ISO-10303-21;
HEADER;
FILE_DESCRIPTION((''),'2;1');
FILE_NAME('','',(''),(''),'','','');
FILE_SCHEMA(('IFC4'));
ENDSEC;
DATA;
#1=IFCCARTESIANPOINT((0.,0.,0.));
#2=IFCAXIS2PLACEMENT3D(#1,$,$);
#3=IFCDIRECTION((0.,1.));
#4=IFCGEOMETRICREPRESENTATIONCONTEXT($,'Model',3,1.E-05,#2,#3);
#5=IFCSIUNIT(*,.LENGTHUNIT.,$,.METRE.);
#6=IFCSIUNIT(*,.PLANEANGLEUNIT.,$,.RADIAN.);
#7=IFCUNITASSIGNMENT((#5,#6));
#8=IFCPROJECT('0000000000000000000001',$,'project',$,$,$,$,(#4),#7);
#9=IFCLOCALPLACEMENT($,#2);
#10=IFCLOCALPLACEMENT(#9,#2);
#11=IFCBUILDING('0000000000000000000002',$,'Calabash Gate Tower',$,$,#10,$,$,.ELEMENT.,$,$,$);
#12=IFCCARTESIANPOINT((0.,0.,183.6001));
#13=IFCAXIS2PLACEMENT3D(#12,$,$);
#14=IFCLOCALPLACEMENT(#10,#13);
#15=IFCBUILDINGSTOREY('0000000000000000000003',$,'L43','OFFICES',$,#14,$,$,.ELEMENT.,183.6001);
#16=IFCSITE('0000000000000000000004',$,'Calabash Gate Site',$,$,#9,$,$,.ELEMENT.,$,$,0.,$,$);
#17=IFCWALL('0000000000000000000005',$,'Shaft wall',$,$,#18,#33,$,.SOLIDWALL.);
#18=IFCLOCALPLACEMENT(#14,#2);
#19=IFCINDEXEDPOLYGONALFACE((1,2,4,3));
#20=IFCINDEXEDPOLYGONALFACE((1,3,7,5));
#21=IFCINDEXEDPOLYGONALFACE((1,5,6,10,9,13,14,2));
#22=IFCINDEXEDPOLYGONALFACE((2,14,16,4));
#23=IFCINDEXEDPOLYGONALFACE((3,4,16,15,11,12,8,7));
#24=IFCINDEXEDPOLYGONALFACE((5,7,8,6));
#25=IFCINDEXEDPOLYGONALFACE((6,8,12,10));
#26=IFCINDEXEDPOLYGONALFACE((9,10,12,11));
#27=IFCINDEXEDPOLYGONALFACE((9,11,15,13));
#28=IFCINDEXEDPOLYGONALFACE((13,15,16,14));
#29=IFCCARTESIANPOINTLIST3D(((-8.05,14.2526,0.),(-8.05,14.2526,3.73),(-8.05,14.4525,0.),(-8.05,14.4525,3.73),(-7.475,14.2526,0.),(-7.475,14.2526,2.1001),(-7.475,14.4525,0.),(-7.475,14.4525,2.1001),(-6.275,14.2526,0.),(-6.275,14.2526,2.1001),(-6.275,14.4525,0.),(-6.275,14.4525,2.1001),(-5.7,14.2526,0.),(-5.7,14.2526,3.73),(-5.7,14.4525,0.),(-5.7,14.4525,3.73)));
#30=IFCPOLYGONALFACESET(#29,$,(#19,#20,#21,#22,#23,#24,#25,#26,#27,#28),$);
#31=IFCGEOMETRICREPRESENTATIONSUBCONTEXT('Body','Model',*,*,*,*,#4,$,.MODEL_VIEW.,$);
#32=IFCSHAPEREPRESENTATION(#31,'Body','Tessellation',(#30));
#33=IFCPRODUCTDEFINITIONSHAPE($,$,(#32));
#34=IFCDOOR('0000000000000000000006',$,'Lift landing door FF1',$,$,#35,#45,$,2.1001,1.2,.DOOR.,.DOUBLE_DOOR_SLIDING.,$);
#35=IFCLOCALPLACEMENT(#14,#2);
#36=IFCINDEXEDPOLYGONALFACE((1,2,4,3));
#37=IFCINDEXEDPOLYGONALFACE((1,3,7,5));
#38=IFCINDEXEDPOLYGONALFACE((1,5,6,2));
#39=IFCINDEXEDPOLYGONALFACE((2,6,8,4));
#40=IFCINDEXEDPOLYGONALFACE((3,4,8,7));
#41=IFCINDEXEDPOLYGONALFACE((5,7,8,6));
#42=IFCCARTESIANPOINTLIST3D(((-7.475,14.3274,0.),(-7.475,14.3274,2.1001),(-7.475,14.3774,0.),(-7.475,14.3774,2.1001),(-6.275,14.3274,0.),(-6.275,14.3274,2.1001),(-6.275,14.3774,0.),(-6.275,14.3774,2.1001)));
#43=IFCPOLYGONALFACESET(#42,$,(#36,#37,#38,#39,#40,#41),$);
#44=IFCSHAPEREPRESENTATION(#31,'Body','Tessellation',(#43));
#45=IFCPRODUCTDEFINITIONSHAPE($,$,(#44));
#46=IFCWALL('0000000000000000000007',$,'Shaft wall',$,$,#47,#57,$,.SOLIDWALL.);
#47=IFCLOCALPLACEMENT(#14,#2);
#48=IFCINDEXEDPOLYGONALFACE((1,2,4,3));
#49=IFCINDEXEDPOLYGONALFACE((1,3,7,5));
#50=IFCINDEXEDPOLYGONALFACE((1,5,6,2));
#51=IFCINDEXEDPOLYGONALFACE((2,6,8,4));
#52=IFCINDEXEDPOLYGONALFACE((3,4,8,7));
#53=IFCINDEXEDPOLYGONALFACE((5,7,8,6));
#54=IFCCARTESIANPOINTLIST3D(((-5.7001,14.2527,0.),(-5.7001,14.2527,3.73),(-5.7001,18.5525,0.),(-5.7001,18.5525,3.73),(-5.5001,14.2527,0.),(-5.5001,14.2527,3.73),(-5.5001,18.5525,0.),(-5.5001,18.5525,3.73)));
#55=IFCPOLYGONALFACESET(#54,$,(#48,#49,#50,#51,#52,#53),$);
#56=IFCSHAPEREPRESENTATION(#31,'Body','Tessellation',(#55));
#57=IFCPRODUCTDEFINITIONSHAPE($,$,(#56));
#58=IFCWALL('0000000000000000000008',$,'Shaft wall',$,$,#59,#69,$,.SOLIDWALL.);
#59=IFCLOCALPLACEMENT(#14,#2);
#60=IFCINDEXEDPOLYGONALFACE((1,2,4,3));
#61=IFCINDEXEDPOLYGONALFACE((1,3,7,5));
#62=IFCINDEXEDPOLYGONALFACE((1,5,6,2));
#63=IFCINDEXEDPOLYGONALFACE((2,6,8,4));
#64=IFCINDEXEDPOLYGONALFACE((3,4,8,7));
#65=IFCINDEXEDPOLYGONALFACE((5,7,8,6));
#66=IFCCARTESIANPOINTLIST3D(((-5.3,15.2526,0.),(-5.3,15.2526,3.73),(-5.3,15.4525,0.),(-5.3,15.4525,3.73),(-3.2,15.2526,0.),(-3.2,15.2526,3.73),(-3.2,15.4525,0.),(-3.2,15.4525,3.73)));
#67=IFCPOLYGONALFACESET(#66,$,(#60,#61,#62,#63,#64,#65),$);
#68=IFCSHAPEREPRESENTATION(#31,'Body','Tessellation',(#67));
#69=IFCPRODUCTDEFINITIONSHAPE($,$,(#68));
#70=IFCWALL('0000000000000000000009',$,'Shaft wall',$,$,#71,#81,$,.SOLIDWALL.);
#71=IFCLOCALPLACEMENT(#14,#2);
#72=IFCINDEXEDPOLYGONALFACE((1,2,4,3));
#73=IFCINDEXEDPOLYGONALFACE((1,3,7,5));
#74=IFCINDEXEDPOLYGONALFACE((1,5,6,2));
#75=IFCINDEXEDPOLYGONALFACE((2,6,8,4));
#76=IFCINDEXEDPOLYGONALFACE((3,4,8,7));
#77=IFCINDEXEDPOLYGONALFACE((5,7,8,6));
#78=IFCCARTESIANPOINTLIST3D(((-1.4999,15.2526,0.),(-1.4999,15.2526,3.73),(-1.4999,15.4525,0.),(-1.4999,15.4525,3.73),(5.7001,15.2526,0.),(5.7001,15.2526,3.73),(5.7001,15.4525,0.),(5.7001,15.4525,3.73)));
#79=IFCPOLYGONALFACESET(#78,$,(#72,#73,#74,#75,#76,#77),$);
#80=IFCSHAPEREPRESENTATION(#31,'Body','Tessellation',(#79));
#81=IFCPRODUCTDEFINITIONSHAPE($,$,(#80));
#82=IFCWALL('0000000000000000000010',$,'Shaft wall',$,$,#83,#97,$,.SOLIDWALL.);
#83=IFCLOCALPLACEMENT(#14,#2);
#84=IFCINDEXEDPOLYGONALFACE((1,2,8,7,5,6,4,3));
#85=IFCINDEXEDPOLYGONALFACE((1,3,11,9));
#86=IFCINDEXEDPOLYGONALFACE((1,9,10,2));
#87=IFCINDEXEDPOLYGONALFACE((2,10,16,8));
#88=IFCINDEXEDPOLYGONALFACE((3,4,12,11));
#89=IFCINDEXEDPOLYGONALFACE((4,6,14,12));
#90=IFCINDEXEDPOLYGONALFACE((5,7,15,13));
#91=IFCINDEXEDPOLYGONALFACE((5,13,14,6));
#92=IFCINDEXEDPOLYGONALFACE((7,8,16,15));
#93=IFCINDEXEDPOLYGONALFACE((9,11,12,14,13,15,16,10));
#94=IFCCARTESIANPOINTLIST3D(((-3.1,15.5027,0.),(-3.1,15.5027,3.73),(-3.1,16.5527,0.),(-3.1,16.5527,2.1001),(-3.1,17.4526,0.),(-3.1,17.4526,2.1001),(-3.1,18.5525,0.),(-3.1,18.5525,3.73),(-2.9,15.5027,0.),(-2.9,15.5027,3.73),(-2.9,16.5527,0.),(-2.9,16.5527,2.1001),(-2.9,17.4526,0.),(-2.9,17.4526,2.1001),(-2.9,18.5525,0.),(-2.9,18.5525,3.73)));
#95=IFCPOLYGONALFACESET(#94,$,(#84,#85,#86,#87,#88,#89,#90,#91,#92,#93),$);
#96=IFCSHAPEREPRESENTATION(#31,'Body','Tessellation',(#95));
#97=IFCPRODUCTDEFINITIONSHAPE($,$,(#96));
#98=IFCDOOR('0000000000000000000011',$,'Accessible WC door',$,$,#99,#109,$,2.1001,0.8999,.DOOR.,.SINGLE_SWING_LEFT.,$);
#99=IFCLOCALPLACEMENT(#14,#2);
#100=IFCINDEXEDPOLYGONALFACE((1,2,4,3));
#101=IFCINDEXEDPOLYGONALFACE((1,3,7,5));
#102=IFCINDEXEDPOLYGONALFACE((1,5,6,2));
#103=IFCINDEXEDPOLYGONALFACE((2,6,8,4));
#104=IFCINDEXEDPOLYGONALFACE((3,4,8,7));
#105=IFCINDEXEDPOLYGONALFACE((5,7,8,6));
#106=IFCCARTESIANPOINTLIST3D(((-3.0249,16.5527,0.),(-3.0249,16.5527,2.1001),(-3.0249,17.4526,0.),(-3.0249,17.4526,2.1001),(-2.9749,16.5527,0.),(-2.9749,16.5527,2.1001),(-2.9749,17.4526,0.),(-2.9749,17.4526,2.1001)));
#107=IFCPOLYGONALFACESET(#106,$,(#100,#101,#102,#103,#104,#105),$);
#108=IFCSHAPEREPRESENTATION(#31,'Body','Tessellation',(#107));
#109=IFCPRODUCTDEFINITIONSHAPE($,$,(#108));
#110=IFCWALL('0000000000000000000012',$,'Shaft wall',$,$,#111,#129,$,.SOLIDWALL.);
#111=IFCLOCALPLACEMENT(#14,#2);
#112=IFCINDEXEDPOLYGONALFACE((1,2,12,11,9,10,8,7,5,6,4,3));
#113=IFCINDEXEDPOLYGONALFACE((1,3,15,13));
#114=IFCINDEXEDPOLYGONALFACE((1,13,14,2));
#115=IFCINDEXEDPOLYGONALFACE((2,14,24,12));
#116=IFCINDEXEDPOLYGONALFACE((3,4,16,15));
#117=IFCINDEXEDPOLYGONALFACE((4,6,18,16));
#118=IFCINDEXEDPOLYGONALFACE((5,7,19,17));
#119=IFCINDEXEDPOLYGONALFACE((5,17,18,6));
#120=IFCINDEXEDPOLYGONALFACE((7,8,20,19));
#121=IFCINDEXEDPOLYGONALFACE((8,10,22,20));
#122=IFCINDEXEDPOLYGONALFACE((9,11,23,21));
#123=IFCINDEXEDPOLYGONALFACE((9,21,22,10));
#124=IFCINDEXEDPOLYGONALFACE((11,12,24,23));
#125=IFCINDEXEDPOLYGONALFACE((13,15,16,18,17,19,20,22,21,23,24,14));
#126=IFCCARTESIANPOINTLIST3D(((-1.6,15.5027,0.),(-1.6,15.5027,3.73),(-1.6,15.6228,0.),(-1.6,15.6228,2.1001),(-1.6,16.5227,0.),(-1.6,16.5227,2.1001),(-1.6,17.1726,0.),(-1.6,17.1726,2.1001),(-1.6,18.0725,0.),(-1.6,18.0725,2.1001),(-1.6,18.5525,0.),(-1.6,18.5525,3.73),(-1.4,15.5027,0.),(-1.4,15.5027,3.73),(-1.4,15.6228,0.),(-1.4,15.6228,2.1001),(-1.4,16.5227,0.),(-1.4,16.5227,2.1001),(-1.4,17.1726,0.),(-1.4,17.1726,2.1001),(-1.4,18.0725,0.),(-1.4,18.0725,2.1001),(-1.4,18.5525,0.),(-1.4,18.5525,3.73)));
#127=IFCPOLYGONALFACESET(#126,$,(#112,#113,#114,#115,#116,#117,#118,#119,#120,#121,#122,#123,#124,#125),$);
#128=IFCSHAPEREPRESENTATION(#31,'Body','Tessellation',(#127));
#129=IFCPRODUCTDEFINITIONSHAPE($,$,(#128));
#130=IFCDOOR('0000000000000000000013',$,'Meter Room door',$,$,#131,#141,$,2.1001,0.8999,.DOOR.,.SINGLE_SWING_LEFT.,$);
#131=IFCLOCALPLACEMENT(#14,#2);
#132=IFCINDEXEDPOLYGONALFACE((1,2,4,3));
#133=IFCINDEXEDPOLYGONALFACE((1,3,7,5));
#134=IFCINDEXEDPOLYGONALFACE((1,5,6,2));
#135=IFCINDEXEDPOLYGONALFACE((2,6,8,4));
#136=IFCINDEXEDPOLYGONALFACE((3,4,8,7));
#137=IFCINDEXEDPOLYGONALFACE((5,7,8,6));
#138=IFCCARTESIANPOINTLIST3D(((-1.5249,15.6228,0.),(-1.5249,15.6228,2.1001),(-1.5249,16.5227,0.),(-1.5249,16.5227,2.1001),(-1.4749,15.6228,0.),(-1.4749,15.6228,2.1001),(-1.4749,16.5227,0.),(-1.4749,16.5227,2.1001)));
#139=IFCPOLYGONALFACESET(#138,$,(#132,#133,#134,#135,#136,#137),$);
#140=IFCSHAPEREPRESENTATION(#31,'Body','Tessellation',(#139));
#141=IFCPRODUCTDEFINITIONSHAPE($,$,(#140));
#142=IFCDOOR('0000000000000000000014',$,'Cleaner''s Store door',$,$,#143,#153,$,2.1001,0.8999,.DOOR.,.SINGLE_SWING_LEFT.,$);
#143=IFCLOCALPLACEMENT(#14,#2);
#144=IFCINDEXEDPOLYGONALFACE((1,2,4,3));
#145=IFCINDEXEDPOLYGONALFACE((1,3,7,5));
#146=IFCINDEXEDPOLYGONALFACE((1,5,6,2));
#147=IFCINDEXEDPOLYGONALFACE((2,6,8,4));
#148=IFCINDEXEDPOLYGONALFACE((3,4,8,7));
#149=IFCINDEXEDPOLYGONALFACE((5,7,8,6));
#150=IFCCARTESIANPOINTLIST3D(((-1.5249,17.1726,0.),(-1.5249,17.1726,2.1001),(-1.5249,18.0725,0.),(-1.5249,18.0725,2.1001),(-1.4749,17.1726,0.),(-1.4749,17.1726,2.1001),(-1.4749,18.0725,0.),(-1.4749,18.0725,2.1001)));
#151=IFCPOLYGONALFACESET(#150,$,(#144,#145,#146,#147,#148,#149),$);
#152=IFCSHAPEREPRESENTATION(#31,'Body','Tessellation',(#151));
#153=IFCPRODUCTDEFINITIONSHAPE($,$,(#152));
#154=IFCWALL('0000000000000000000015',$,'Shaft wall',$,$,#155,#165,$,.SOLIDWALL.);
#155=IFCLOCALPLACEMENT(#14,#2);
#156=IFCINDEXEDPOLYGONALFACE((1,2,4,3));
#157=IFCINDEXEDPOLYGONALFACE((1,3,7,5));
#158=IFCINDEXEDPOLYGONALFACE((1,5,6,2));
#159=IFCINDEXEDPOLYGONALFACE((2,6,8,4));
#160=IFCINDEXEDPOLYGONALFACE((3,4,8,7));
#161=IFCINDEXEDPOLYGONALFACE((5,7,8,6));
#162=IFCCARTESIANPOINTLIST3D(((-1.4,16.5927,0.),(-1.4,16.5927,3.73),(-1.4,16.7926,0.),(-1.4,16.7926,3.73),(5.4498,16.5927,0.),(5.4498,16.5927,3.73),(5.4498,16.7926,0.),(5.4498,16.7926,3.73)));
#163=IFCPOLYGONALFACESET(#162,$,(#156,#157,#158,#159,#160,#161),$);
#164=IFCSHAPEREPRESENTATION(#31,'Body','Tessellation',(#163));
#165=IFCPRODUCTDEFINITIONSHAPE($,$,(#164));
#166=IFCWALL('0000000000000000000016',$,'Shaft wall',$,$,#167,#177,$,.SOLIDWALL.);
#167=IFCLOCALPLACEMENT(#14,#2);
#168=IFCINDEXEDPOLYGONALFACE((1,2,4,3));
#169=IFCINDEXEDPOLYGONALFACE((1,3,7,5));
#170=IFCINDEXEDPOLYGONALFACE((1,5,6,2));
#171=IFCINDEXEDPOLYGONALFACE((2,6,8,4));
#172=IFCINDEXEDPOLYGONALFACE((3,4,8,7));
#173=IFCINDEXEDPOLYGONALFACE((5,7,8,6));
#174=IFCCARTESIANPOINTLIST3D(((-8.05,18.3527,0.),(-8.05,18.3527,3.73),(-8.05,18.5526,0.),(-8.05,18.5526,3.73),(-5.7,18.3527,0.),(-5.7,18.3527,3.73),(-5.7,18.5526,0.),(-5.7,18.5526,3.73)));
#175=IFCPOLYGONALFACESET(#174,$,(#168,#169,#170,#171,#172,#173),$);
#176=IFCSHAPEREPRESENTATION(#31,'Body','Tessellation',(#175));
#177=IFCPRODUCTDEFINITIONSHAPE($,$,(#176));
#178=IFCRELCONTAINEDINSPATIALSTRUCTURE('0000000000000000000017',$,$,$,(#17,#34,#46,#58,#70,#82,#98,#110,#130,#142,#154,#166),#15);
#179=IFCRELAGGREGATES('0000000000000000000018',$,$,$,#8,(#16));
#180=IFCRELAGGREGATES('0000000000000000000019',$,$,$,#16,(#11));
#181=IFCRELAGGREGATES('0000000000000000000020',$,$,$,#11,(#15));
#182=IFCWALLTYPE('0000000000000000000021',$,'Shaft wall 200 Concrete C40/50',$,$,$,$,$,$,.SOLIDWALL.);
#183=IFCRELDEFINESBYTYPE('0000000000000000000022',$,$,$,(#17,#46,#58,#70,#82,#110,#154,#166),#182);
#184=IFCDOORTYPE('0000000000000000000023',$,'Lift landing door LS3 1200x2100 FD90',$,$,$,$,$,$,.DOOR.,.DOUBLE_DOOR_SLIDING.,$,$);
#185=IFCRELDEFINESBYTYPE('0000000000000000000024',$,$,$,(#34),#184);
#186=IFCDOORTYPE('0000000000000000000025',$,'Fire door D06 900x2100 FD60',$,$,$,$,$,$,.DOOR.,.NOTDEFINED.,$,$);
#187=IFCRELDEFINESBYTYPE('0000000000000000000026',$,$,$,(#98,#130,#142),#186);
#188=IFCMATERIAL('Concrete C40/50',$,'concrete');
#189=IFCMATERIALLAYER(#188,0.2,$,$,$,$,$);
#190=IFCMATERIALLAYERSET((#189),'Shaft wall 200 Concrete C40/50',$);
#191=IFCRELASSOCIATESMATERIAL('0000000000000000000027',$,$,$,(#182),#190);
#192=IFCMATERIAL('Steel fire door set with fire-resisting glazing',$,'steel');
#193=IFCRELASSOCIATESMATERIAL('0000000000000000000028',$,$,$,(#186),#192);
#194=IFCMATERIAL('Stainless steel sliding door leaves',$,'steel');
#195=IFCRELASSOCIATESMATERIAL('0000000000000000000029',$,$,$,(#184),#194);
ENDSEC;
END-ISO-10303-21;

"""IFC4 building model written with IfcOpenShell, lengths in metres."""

from ifc_helpers import new_model, si_unit, direction, frame, frame_2d, origin, place, context, subcontext, project, spatial, rectangle, extrude, material, layer, layer_set, type_object, element, fill, save


model = new_model("IFC4")

# Units and contexts
model_context = context("Model", 3, precision=1e-05, world=origin(), true_north=direction((0.0, 1.0)))
body_context = subcontext(model_context, "Body", "Model", "MODEL_VIEW")
ifc_project = project(units=[si_unit("LENGTHUNIT", "METRE"), si_unit("PLANEANGLEUNIT", "RADIAN")], contexts=[model_context])

# Site, building, storey
site_placement = place(None, origin())
site = spatial("IfcSite", under=ifc_project, at=site_placement, Name="Calabash Gate Site", CompositionType="ELEMENT", RefElevation=0.0)
building_placement = place(site_placement, origin())
building = spatial("IfcBuilding", under=site, at=building_placement, Name="Calabash Gate Tower", CompositionType="ELEMENT")
storey_placement = place(building_placement, frame((0.0, 0.0, 183.6001)))
storey = spatial("IfcBuildingStorey", under=building, at=storey_placement, Name="L43", Description="OFFICES", CompositionType="ELEMENT", Elevation=183.6001)

# Shared definitions
ifc_material_1 = material(Name="Concrete C40/50", Category="concrete")
ifc_layer_1 = layer(ifc_material_1, 0.2)
ifc_layer_set_1 = layer_set([ifc_layer_1], Name="Shaft wall 200 Concrete C40/50")
wall_type_1 = type_object("IfcWallType", Name="Shaft wall 200 Concrete C40/50", PredefinedType="SOLIDWALL", material=ifc_layer_set_1)
ifc_material_2 = material(Name="Steel fire door set with fire-resisting glazing", Category="steel")
door_type_1 = type_object("IfcDoorType", Name="Fire door D06 900x2100 FD60", OperationType="NOTDEFINED", PredefinedType="DOOR", material=ifc_material_2)

# Wall, opening, door
wall_1_placement = place(storey_placement, frame((-8.05, 14.3525, 0.0), z_axis=(0.0, 0.0, 1.0), x_axis=(1.0, 0.0, 0.0)))
wall_1 = element("IfcWall", 1, at=wall_1_placement, inside=storey, type_object=wall_type_1, Name="Shaft wall", PredefinedType="SOLIDWALL", context=body_context, shape_type="SweptSolid", body=[
    extrude(rectangle(XDim=2.3501, YDim=0.2, at=frame_2d((1.175, 0.0))), origin(), (0.0, 0.0, 1.0), 3.73),
])
opening_1_placement = place(wall_1_placement, frame((0.575, 0.0, 0.0)))
opening_1 = element("IfcOpeningElement", 2, at=opening_1_placement, cuts=wall_1, PredefinedType="OPENING", context=body_context, shape_type="SweptSolid", body=[
    extrude(rectangle(XDim=1.2, YDim=2.1001, at=frame_2d((0.6001, 1.05))), frame((0.0, 0.1099, 0.0), z_axis=(0.0, -1.0, 0.0), x_axis=(1.0, 0.0, 0.0)), (0.0, 0.0, 1.0), 0.22),
])
ifc_material_3 = material(Name="Stainless steel sliding door leaves", Category="steel")
door_type_2 = type_object("IfcDoorType", Name="Lift landing door LS3 1200x2100 FD90", OperationType="DOUBLE_DOOR_SLIDING", PredefinedType="DOOR", material=ifc_material_3)
door_1_placement = place(opening_1_placement, origin())
door_1 = element("IfcDoor", 3, at=door_1_placement, inside=storey, type_object=door_type_2, Name="Lift landing door FF1", OperationType="DOUBLE_DOOR_SLIDING", OverallHeight=2.1001, OverallWidth=1.2, PredefinedType="DOOR", context=body_context, shape_type="SweptSolid", body=[
    extrude(rectangle(XDim=1.2, YDim=2.1001, at=frame_2d((0.6001, 1.05))), frame((0.0, 0.0249, 0.0), z_axis=(0.0, -1.0, 0.0), x_axis=(1.0, 0.0, 0.0)), (0.0, 0.0, 1.0), 0.05),
])
fill(opening_1, door_1)

# Walls
wall_2_placement = place(storey_placement, frame((-5.6001, 14.2527, 0.0), z_axis=(0.0, 0.0, 1.0), x_axis=(0.0, 1.0, 0.0)))
element("IfcWall", 4, at=wall_2_placement, inside=storey, type_object=wall_type_1, Name="Shaft wall", PredefinedType="SOLIDWALL", context=body_context, shape_type="SweptSolid", body=[
    extrude(rectangle(XDim=4.2998, YDim=0.2, at=frame_2d((2.1499, 0.0))), origin(), (0.0, 0.0, 1.0), 3.73),
])
wall_3_placement = place(storey_placement, frame((-5.3, 15.3525, 0.0), z_axis=(0.0, 0.0, 1.0), x_axis=(1.0, 0.0, 0.0)))
element("IfcWall", 5, at=wall_3_placement, inside=storey, type_object=wall_type_1, Name="Shaft wall", PredefinedType="SOLIDWALL", context=body_context, shape_type="SweptSolid", body=[
    extrude(rectangle(XDim=2.1001, YDim=0.2, at=frame_2d((1.05, 0.0))), origin(), (0.0, 0.0, 1.0), 3.73),
])
wall_4_placement = place(storey_placement, frame((-1.5, 15.3525, 0.0), z_axis=(0.0, 0.0, 1.0), x_axis=(1.0, 0.0, 0.0)))
element("IfcWall", 6, at=wall_4_placement, inside=storey, type_object=wall_type_1, Name="Shaft wall", PredefinedType="SOLIDWALL", context=body_context, shape_type="SweptSolid", body=[
    extrude(rectangle(XDim=7.2, YDim=0.2, at=frame_2d((3.6001, 0.0))), origin(), (0.0, 0.0, 1.0), 3.73),
])

# Wall, opening, door
wall_5_placement = place(storey_placement, frame((-3.0, 15.5027, 0.0), z_axis=(0.0, 0.0, 1.0), x_axis=(0.0, 1.0, 0.0)))
wall_5 = element("IfcWall", 7, at=wall_5_placement, inside=storey, type_object=wall_type_1, Name="Shaft wall", PredefinedType="SOLIDWALL", context=body_context, shape_type="SweptSolid", body=[
    extrude(rectangle(XDim=3.0498, YDim=0.2, at=frame_2d((1.5249, 0.0))), origin(), (0.0, 0.0, 1.0), 3.73),
])
opening_2_placement = place(wall_5_placement, frame((1.05, 0.0, 0.0)))
opening_2 = element("IfcOpeningElement", 8, at=opening_2_placement, cuts=wall_5, PredefinedType="OPENING", context=body_context, shape_type="SweptSolid", body=[
    extrude(rectangle(XDim=0.8999, YDim=2.1001, at=frame_2d((0.45, 1.05))), frame((0.0, 0.1099, 0.0), z_axis=(0.0, -1.0, 0.0), x_axis=(1.0, 0.0, 0.0)), (0.0, 0.0, 1.0), 0.22),
])
door_2_placement = place(opening_2_placement, origin())
door_2 = element("IfcDoor", 9, at=door_2_placement, inside=storey, type_object=door_type_1, Name="Accessible WC door", OperationType="SINGLE_SWING_LEFT", OverallHeight=2.1001, OverallWidth=0.8999, PredefinedType="DOOR", context=body_context, shape_type="SweptSolid", body=[
    extrude(rectangle(XDim=0.8999, YDim=2.1001, at=frame_2d((0.45, 1.05))), frame((0.0, 0.0249, 0.0), z_axis=(0.0, -1.0, 0.0), x_axis=(1.0, 0.0, 0.0)), (0.0, 0.0, 1.0), 0.05),
])
fill(opening_2, door_2)

# Wall, openings, doors
wall_6_placement = place(storey_placement, frame((-1.5, 15.5027, 0.0), z_axis=(0.0, 0.0, 1.0), x_axis=(0.0, 1.0, 0.0)))
wall_6 = element("IfcWall", 10, at=wall_6_placement, inside=storey, type_object=wall_type_1, Name="Shaft wall", PredefinedType="SOLIDWALL", context=body_context, shape_type="SweptSolid", body=[
    extrude(rectangle(XDim=3.0498, YDim=0.2, at=frame_2d((1.5249, 0.0))), origin(), (0.0, 0.0, 1.0), 3.73),
])
opening_3_placement = place(wall_6_placement, frame((0.1201, 0.0, 0.0)))
opening_3 = element("IfcOpeningElement", 11, at=opening_3_placement, cuts=wall_6, PredefinedType="OPENING", context=body_context, shape_type="SweptSolid", body=[
    extrude(rectangle(XDim=0.8999, YDim=2.1001, at=frame_2d((0.45, 1.05))), frame((0.0, 0.1099, 0.0), z_axis=(0.0, -1.0, 0.0), x_axis=(1.0, 0.0, 0.0)), (0.0, 0.0, 1.0), 0.22),
])
opening_4_placement = place(wall_6_placement, frame((1.6699, 0.0, 0.0)))
opening_4 = element("IfcOpeningElement", 12, at=opening_4_placement, cuts=wall_6, PredefinedType="OPENING", context=body_context, shape_type="SweptSolid", body=[
    extrude(rectangle(XDim=0.8999, YDim=2.1001, at=frame_2d((0.45, 1.05))), frame((0.0, 0.1099, 0.0), z_axis=(0.0, -1.0, 0.0), x_axis=(1.0, 0.0, 0.0)), (0.0, 0.0, 1.0), 0.22),
])
door_3_placement = place(opening_3_placement, origin())
door_3 = element("IfcDoor", 13, at=door_3_placement, inside=storey, type_object=door_type_1, Name="Meter Room door", OperationType="SINGLE_SWING_LEFT", OverallHeight=2.1001, OverallWidth=0.8999, PredefinedType="DOOR", context=body_context, shape_type="SweptSolid", body=[
    extrude(rectangle(XDim=0.8999, YDim=2.1001, at=frame_2d((0.45, 1.05))), frame((0.0, 0.0249, 0.0), z_axis=(0.0, -1.0, 0.0), x_axis=(1.0, 0.0, 0.0)), (0.0, 0.0, 1.0), 0.05),
])
fill(opening_3, door_3)
door_4_placement = place(opening_4_placement, origin())
door_4 = element("IfcDoor", 14, at=door_4_placement, inside=storey, type_object=door_type_1, Name="Cleaner's Store door", OperationType="SINGLE_SWING_LEFT", OverallHeight=2.1001, OverallWidth=0.8999, PredefinedType="DOOR", context=body_context, shape_type="SweptSolid", body=[
    extrude(rectangle(XDim=0.8999, YDim=2.1001, at=frame_2d((0.45, 1.05))), frame((0.0, 0.0249, 0.0), z_axis=(0.0, -1.0, 0.0), x_axis=(1.0, 0.0, 0.0)), (0.0, 0.0, 1.0), 0.05),
])
fill(opening_4, door_4)

# Walls
wall_7_placement = place(storey_placement, frame((-1.3999, 16.6926, 0.0), z_axis=(0.0, 0.0, 1.0), x_axis=(1.0, 0.0, 0.0)))
element("IfcWall", 15, at=wall_7_placement, inside=storey, type_object=wall_type_1, Name="Shaft wall", PredefinedType="SOLIDWALL", context=body_context, shape_type="SweptSolid", body=[
    extrude(rectangle(XDim=6.8499, YDim=0.2, at=frame_2d((3.4248, 0.0))), origin(), (0.0, 0.0, 1.0), 3.73),
])
wall_8_placement = place(storey_placement, frame((-8.05, 18.4526, 0.0), z_axis=(0.0, 0.0, 1.0), x_axis=(1.0, 0.0, 0.0)))
element("IfcWall", 16, at=wall_8_placement, inside=storey, type_object=wall_type_1, Name="Shaft wall", PredefinedType="SOLIDWALL", context=body_context, shape_type="SweptSolid", body=[
    extrude(rectangle(XDim=2.3501, YDim=0.2, at=frame_2d((1.175, 0.0))), origin(), (0.0, 0.0, 1.0), 3.73),
])

save(model, "model.ifc")
